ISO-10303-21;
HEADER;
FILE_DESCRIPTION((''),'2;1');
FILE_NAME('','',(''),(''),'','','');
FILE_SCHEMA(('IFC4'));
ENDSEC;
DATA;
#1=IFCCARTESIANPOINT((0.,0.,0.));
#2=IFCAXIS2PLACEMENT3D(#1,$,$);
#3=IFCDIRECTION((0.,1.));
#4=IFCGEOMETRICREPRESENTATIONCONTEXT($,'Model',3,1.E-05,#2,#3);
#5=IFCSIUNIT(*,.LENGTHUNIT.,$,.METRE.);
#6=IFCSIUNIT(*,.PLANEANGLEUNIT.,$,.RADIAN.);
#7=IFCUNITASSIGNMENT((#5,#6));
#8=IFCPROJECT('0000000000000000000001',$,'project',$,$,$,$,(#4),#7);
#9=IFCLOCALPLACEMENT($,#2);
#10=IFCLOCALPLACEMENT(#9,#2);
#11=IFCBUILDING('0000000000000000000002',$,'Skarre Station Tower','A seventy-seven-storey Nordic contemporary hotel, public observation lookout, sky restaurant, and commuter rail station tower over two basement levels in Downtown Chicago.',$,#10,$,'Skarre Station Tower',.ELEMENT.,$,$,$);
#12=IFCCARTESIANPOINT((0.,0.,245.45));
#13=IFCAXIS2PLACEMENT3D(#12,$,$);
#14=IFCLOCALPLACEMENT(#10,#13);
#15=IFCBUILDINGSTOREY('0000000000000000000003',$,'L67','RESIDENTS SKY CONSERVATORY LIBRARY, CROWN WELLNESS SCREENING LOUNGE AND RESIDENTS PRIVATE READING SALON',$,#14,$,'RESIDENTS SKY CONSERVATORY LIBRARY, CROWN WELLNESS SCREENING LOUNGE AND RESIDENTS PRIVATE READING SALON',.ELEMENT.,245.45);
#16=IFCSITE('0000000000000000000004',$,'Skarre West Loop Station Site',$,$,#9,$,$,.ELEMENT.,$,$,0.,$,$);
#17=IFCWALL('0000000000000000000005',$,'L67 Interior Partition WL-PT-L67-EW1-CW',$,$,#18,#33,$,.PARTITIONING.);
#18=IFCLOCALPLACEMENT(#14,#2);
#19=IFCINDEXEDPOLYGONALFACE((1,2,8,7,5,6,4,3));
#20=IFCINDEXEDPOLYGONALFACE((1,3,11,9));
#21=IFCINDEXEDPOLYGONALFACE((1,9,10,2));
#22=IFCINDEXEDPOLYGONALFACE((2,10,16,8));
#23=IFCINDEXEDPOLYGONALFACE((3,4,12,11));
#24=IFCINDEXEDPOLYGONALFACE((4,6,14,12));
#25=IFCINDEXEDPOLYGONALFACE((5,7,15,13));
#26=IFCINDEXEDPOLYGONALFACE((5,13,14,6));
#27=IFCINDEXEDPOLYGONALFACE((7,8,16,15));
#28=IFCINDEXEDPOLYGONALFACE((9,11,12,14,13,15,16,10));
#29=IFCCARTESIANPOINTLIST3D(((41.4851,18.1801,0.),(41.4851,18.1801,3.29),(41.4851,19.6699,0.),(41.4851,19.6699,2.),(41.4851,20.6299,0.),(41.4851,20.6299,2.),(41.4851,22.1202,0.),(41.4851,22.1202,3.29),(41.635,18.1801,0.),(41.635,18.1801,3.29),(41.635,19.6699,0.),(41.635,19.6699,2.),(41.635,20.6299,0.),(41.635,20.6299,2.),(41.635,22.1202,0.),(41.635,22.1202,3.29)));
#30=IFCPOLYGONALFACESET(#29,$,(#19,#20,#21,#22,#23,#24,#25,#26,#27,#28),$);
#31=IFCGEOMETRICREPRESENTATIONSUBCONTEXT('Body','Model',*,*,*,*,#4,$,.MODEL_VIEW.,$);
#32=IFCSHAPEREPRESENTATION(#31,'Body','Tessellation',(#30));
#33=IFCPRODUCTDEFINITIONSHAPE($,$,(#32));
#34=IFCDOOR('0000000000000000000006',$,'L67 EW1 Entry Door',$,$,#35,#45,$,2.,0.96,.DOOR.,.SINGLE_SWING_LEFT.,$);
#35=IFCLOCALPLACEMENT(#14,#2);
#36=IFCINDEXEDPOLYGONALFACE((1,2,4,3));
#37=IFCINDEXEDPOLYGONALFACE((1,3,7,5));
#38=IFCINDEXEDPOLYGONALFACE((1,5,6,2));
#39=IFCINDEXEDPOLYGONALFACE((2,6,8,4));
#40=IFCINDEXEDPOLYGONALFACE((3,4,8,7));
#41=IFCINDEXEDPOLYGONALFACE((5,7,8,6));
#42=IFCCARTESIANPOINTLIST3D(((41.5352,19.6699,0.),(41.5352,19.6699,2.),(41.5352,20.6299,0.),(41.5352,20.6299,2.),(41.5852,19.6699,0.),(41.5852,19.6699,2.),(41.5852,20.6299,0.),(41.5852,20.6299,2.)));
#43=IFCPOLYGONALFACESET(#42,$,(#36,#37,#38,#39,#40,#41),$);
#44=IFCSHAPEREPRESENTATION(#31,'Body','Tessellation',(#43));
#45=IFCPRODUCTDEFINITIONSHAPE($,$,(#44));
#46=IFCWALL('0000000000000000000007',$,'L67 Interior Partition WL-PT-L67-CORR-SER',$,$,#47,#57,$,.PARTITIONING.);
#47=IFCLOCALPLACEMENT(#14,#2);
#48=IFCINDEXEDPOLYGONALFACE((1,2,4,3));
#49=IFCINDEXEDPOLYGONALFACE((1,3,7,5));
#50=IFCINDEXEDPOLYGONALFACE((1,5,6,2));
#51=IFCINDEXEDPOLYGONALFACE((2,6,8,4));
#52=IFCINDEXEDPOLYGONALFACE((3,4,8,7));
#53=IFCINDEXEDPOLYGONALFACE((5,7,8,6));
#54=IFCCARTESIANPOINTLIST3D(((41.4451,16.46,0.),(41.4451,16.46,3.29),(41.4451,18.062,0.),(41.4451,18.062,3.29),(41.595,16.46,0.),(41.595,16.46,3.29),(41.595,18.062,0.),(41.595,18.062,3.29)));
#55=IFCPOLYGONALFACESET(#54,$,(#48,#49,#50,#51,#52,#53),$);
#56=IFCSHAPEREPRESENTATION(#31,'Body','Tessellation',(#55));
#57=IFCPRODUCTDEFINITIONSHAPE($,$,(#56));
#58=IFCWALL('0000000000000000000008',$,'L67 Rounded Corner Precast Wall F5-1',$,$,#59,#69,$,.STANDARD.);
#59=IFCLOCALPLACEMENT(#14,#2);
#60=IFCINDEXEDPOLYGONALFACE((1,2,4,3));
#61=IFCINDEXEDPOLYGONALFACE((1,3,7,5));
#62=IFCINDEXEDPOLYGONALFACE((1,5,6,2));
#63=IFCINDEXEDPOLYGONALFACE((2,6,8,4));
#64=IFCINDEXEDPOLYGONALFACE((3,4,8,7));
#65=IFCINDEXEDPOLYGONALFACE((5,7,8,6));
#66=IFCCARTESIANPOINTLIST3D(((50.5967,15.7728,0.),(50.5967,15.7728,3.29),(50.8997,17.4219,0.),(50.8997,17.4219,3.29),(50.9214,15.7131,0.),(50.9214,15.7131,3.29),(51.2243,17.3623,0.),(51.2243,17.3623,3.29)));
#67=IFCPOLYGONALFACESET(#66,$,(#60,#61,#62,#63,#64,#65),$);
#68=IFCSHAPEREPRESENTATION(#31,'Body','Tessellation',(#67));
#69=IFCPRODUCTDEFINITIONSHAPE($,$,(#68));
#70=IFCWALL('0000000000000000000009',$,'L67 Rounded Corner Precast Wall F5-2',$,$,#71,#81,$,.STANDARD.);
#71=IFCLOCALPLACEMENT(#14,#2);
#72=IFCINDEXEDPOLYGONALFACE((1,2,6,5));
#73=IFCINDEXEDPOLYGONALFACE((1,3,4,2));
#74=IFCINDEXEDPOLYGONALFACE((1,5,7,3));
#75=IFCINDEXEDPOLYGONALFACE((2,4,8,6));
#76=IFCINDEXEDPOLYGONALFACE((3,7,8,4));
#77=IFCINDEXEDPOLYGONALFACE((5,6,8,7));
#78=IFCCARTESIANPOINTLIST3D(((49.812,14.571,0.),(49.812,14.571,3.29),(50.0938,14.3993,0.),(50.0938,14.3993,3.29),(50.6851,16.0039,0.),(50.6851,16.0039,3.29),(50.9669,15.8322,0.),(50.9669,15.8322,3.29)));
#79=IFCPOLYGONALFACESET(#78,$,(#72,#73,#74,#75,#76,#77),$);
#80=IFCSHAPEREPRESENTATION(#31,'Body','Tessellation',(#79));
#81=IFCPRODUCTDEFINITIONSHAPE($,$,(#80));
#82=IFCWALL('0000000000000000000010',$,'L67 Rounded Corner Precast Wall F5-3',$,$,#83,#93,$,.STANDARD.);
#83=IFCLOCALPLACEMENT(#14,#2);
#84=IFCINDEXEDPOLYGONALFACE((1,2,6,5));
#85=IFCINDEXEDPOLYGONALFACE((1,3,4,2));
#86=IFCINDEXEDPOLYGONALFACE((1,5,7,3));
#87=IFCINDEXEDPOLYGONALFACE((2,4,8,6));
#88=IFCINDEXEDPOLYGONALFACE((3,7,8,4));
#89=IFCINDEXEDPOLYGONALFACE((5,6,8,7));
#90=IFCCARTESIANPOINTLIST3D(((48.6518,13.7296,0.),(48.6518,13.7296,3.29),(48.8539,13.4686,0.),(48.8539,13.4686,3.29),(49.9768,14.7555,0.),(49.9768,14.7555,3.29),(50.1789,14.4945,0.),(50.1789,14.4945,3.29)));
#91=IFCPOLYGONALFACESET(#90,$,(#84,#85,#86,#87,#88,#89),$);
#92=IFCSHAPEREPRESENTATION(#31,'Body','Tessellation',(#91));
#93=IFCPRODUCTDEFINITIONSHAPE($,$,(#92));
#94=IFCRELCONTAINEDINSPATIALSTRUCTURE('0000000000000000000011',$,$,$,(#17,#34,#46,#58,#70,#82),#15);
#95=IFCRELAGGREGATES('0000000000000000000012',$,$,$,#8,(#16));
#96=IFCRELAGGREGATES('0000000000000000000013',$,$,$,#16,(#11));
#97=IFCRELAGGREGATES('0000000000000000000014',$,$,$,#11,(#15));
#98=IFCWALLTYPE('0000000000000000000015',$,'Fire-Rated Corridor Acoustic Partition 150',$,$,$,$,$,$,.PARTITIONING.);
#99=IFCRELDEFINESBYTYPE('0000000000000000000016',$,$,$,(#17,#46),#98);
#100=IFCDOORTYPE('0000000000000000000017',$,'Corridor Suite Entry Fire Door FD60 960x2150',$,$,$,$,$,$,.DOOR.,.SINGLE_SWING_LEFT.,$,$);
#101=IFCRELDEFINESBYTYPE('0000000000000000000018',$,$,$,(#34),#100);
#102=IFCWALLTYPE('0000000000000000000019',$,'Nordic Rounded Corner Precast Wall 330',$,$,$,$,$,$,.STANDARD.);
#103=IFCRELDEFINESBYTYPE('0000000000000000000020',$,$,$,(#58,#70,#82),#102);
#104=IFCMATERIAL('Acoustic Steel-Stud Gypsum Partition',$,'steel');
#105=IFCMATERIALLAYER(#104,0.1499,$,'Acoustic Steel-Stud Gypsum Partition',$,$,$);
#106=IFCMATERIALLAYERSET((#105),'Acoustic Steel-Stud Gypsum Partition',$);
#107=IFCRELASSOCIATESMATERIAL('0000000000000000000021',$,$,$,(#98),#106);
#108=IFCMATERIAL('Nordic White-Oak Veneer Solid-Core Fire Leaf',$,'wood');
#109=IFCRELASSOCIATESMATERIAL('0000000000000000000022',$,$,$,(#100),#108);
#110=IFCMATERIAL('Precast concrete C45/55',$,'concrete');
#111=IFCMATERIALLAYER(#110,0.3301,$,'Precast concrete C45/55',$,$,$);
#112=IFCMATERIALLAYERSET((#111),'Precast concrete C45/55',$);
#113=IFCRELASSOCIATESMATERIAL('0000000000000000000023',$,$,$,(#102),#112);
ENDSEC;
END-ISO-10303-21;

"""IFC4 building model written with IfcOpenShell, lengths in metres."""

from ifc_helpers import new_model, si_unit, direction, frame, frame_2d, origin, place, context, subcontext, project, spatial, rectangle, extrude, material, layer, layer_set, type_object, element, fill, save


model = new_model("IFC4")

# Units and contexts
model_context = context("Model", 3, precision=1e-05, world=origin(), true_north=direction((0.0, 1.0)))
body_context = subcontext(model_context, "Body", "Model", "MODEL_VIEW")
ifc_project = project(units=[si_unit("LENGTHUNIT", "METRE"), si_unit("PLANEANGLEUNIT", "RADIAN")], contexts=[model_context])

# Site, building, storey
site_placement = place(None, origin())
site = spatial("IfcSite", under=ifc_project, at=site_placement, Name="Skarre West Loop Station Site", CompositionType="ELEMENT", RefElevation=0.0)
building_placement = place(site_placement, origin())
building = spatial("IfcBuilding", under=site, at=building_placement, Name="Skarre Station Tower", Description="A seventy-seven-storey Nordic contemporary hotel, public observation lookout, sky restaurant, and commuter rail station tower over two basement levels in Downtown Chicago.", LongName="Skarre Station Tower", CompositionType="ELEMENT")
storey_placement = place(building_placement, frame((0.0, 0.0, 245.45)))
storey = spatial("IfcBuildingStorey", under=building, at=storey_placement, Name="L67", Description="RESIDENTS SKY CONSERVATORY LIBRARY, CROWN WELLNESS SCREENING LOUNGE AND RESIDENTS PRIVATE READING SALON", LongName="RESIDENTS SKY CONSERVATORY LIBRARY, CROWN WELLNESS SCREENING LOUNGE AND RESIDENTS PRIVATE READING SALON", CompositionType="ELEMENT", Elevation=245.45)

# Shared definitions
ifc_material_1 = material(Name="Acoustic Steel-Stud Gypsum Partition", Category="steel")
ifc_layer_1 = layer(ifc_material_1, 0.1499, Name="Acoustic Steel-Stud Gypsum Partition")
ifc_layer_set_1 = layer_set([ifc_layer_1], Name="Acoustic Steel-Stud Gypsum Partition")
wall_type_1 = type_object("IfcWallType", Name="Fire-Rated Corridor Acoustic Partition 150", PredefinedType="PARTITIONING", material=ifc_layer_set_1)

# Wall, opening, door
wall_1_placement = place(storey_placement, frame((41.5601, 18.1799, 0.0), z_axis=(0.0, 0.0, 1.0), x_axis=(0.0, 1.0, 0.0)))
wall_1 = element("IfcWall", 1, at=wall_1_placement, inside=storey, type_object=wall_type_1, Name="L67 Interior Partition WL-PT-L67-EW1-CW", PredefinedType="PARTITIONING", context=body_context, shape_type="SweptSolid", body=[
    extrude(rectangle(XDim=3.9402, YDim=0.1499, at=frame_2d((1.9702, 0.0))), origin(), (0.0, 0.0, 1.0), 3.29),
])
opening_1_placement = place(wall_1_placement, frame((1.49, 0.0, 0.0)))
opening_1 = element("IfcOpeningElement", 2, at=opening_1_placement, cuts=wall_1, PredefinedType="OPENING", context=body_context, shape_type="SweptSolid", body=[
    extrude(rectangle(XDim=0.96, YDim=2.0, at=frame_2d((0.48, 1.0))), frame((0.0, 0.085, 0.0), z_axis=(0.0, -1.0, 0.0), x_axis=(1.0, 0.0, 0.0)), (0.0, 0.0, 1.0), 0.1699),
])
ifc_material_2 = material(Name="Nordic White-Oak Veneer Solid-Core Fire Leaf", Category="wood")
door_type_1 = type_object("IfcDoorType", Name="Corridor Suite Entry Fire Door FD60 960x2150", OperationType="SINGLE_SWING_LEFT", PredefinedType="DOOR", material=ifc_material_2)
door_1_placement = place(opening_1_placement, origin())
door_1 = element("IfcDoor", 3, at=door_1_placement, inside=storey, type_object=door_type_1, Name="L67 EW1 Entry Door", OperationType="SINGLE_SWING_LEFT", OverallHeight=2.0, OverallWidth=0.96, PredefinedType="DOOR", context=body_context, shape_type="SweptSolid", body=[
    extrude(rectangle(XDim=0.96, YDim=2.0, at=frame_2d((0.48, 1.0))), frame((0.0, 0.0249, 0.0), z_axis=(0.0, -1.0, 0.0), x_axis=(1.0, 0.0, 0.0)), (0.0, 0.0, 1.0), 0.05),
])
fill(opening_1, door_1)

# Walls
wall_2_placement = place(storey_placement, frame((41.52, 16.46, 0.0), z_axis=(0.0, 0.0, 1.0), x_axis=(0.0, 1.0, 0.0)))
element("IfcWall", 4, at=wall_2_placement, inside=storey, type_object=wall_type_1, Name="L67 Interior Partition WL-PT-L67-CORR-SER", PredefinedType="PARTITIONING", context=body_context, shape_type="SweptSolid", body=[
    extrude(rectangle(XDim=1.6021, YDim=0.1499, at=frame_2d((0.801, 0.0))), origin(), (0.0, 0.0, 1.0), 3.29),
])
ifc_material_3 = material(Name="Precast concrete C45/55", Category="concrete")
ifc_layer_2 = layer(ifc_material_3, 0.3301, Name="Precast concrete C45/55")
ifc_layer_set_2 = layer_set([ifc_layer_2], Name="Precast concrete C45/55")
wall_type_2 = type_object("IfcWallType", Name="Nordic Rounded Corner Precast Wall 330", PredefinedType="STANDARD", material=ifc_layer_set_2)
wall_3_placement = place(storey_placement, frame((51.062, 17.3921, 0.0), z_axis=(0.0, 0.0, 1.0), x_axis=(-0.180692, -0.98354, 0.0)))
element("IfcWall", 5, at=wall_3_placement, inside=storey, type_object=wall_type_2, Name="L67 Rounded Corner Precast Wall F5-1", PredefinedType="STANDARD", context=body_context, shape_type="SweptSolid", body=[
    extrude(rectangle(XDim=1.6768, YDim=0.3301, at=frame_2d((0.8384, 0.0))), origin(), (0.0, 0.0, 1.0), 3.29),
])
wall_4_placement = place(storey_placement, frame((50.8259, 15.918, 0.0), z_axis=(0.0, 0.0, 1.0), x_axis=(-0.520325, -0.853968, 0.0)))
element("IfcWall", 6, at=wall_4_placement, inside=storey, type_object=wall_type_2, Name="L67 Rounded Corner Precast Wall F5-2", PredefinedType="STANDARD", context=body_context, shape_type="SweptSolid", body=[
    extrude(rectangle(XDim=1.678, YDim=0.3301, at=frame_2d((0.8389, 0.0))), origin(), (0.0, 0.0, 1.0), 3.29),
])
wall_5_placement = place(storey_placement, frame((50.0779, 14.625, 0.0), z_axis=(0.0, 0.0, 1.0), x_axis=(-0.790692, -0.612214, 0.0)))
element("IfcWall", 7, at=wall_5_placement, inside=storey, type_object=wall_type_2, Name="L67 Rounded Corner Precast Wall F5-3", PredefinedType="STANDARD", context=body_context, shape_type="SweptSolid", body=[
    extrude(rectangle(XDim=1.6758, YDim=0.3301, at=frame_2d((0.8379, 0.0))), origin(), (0.0, 0.0, 1.0), 3.29),
])

save(model, "model.ifc")
